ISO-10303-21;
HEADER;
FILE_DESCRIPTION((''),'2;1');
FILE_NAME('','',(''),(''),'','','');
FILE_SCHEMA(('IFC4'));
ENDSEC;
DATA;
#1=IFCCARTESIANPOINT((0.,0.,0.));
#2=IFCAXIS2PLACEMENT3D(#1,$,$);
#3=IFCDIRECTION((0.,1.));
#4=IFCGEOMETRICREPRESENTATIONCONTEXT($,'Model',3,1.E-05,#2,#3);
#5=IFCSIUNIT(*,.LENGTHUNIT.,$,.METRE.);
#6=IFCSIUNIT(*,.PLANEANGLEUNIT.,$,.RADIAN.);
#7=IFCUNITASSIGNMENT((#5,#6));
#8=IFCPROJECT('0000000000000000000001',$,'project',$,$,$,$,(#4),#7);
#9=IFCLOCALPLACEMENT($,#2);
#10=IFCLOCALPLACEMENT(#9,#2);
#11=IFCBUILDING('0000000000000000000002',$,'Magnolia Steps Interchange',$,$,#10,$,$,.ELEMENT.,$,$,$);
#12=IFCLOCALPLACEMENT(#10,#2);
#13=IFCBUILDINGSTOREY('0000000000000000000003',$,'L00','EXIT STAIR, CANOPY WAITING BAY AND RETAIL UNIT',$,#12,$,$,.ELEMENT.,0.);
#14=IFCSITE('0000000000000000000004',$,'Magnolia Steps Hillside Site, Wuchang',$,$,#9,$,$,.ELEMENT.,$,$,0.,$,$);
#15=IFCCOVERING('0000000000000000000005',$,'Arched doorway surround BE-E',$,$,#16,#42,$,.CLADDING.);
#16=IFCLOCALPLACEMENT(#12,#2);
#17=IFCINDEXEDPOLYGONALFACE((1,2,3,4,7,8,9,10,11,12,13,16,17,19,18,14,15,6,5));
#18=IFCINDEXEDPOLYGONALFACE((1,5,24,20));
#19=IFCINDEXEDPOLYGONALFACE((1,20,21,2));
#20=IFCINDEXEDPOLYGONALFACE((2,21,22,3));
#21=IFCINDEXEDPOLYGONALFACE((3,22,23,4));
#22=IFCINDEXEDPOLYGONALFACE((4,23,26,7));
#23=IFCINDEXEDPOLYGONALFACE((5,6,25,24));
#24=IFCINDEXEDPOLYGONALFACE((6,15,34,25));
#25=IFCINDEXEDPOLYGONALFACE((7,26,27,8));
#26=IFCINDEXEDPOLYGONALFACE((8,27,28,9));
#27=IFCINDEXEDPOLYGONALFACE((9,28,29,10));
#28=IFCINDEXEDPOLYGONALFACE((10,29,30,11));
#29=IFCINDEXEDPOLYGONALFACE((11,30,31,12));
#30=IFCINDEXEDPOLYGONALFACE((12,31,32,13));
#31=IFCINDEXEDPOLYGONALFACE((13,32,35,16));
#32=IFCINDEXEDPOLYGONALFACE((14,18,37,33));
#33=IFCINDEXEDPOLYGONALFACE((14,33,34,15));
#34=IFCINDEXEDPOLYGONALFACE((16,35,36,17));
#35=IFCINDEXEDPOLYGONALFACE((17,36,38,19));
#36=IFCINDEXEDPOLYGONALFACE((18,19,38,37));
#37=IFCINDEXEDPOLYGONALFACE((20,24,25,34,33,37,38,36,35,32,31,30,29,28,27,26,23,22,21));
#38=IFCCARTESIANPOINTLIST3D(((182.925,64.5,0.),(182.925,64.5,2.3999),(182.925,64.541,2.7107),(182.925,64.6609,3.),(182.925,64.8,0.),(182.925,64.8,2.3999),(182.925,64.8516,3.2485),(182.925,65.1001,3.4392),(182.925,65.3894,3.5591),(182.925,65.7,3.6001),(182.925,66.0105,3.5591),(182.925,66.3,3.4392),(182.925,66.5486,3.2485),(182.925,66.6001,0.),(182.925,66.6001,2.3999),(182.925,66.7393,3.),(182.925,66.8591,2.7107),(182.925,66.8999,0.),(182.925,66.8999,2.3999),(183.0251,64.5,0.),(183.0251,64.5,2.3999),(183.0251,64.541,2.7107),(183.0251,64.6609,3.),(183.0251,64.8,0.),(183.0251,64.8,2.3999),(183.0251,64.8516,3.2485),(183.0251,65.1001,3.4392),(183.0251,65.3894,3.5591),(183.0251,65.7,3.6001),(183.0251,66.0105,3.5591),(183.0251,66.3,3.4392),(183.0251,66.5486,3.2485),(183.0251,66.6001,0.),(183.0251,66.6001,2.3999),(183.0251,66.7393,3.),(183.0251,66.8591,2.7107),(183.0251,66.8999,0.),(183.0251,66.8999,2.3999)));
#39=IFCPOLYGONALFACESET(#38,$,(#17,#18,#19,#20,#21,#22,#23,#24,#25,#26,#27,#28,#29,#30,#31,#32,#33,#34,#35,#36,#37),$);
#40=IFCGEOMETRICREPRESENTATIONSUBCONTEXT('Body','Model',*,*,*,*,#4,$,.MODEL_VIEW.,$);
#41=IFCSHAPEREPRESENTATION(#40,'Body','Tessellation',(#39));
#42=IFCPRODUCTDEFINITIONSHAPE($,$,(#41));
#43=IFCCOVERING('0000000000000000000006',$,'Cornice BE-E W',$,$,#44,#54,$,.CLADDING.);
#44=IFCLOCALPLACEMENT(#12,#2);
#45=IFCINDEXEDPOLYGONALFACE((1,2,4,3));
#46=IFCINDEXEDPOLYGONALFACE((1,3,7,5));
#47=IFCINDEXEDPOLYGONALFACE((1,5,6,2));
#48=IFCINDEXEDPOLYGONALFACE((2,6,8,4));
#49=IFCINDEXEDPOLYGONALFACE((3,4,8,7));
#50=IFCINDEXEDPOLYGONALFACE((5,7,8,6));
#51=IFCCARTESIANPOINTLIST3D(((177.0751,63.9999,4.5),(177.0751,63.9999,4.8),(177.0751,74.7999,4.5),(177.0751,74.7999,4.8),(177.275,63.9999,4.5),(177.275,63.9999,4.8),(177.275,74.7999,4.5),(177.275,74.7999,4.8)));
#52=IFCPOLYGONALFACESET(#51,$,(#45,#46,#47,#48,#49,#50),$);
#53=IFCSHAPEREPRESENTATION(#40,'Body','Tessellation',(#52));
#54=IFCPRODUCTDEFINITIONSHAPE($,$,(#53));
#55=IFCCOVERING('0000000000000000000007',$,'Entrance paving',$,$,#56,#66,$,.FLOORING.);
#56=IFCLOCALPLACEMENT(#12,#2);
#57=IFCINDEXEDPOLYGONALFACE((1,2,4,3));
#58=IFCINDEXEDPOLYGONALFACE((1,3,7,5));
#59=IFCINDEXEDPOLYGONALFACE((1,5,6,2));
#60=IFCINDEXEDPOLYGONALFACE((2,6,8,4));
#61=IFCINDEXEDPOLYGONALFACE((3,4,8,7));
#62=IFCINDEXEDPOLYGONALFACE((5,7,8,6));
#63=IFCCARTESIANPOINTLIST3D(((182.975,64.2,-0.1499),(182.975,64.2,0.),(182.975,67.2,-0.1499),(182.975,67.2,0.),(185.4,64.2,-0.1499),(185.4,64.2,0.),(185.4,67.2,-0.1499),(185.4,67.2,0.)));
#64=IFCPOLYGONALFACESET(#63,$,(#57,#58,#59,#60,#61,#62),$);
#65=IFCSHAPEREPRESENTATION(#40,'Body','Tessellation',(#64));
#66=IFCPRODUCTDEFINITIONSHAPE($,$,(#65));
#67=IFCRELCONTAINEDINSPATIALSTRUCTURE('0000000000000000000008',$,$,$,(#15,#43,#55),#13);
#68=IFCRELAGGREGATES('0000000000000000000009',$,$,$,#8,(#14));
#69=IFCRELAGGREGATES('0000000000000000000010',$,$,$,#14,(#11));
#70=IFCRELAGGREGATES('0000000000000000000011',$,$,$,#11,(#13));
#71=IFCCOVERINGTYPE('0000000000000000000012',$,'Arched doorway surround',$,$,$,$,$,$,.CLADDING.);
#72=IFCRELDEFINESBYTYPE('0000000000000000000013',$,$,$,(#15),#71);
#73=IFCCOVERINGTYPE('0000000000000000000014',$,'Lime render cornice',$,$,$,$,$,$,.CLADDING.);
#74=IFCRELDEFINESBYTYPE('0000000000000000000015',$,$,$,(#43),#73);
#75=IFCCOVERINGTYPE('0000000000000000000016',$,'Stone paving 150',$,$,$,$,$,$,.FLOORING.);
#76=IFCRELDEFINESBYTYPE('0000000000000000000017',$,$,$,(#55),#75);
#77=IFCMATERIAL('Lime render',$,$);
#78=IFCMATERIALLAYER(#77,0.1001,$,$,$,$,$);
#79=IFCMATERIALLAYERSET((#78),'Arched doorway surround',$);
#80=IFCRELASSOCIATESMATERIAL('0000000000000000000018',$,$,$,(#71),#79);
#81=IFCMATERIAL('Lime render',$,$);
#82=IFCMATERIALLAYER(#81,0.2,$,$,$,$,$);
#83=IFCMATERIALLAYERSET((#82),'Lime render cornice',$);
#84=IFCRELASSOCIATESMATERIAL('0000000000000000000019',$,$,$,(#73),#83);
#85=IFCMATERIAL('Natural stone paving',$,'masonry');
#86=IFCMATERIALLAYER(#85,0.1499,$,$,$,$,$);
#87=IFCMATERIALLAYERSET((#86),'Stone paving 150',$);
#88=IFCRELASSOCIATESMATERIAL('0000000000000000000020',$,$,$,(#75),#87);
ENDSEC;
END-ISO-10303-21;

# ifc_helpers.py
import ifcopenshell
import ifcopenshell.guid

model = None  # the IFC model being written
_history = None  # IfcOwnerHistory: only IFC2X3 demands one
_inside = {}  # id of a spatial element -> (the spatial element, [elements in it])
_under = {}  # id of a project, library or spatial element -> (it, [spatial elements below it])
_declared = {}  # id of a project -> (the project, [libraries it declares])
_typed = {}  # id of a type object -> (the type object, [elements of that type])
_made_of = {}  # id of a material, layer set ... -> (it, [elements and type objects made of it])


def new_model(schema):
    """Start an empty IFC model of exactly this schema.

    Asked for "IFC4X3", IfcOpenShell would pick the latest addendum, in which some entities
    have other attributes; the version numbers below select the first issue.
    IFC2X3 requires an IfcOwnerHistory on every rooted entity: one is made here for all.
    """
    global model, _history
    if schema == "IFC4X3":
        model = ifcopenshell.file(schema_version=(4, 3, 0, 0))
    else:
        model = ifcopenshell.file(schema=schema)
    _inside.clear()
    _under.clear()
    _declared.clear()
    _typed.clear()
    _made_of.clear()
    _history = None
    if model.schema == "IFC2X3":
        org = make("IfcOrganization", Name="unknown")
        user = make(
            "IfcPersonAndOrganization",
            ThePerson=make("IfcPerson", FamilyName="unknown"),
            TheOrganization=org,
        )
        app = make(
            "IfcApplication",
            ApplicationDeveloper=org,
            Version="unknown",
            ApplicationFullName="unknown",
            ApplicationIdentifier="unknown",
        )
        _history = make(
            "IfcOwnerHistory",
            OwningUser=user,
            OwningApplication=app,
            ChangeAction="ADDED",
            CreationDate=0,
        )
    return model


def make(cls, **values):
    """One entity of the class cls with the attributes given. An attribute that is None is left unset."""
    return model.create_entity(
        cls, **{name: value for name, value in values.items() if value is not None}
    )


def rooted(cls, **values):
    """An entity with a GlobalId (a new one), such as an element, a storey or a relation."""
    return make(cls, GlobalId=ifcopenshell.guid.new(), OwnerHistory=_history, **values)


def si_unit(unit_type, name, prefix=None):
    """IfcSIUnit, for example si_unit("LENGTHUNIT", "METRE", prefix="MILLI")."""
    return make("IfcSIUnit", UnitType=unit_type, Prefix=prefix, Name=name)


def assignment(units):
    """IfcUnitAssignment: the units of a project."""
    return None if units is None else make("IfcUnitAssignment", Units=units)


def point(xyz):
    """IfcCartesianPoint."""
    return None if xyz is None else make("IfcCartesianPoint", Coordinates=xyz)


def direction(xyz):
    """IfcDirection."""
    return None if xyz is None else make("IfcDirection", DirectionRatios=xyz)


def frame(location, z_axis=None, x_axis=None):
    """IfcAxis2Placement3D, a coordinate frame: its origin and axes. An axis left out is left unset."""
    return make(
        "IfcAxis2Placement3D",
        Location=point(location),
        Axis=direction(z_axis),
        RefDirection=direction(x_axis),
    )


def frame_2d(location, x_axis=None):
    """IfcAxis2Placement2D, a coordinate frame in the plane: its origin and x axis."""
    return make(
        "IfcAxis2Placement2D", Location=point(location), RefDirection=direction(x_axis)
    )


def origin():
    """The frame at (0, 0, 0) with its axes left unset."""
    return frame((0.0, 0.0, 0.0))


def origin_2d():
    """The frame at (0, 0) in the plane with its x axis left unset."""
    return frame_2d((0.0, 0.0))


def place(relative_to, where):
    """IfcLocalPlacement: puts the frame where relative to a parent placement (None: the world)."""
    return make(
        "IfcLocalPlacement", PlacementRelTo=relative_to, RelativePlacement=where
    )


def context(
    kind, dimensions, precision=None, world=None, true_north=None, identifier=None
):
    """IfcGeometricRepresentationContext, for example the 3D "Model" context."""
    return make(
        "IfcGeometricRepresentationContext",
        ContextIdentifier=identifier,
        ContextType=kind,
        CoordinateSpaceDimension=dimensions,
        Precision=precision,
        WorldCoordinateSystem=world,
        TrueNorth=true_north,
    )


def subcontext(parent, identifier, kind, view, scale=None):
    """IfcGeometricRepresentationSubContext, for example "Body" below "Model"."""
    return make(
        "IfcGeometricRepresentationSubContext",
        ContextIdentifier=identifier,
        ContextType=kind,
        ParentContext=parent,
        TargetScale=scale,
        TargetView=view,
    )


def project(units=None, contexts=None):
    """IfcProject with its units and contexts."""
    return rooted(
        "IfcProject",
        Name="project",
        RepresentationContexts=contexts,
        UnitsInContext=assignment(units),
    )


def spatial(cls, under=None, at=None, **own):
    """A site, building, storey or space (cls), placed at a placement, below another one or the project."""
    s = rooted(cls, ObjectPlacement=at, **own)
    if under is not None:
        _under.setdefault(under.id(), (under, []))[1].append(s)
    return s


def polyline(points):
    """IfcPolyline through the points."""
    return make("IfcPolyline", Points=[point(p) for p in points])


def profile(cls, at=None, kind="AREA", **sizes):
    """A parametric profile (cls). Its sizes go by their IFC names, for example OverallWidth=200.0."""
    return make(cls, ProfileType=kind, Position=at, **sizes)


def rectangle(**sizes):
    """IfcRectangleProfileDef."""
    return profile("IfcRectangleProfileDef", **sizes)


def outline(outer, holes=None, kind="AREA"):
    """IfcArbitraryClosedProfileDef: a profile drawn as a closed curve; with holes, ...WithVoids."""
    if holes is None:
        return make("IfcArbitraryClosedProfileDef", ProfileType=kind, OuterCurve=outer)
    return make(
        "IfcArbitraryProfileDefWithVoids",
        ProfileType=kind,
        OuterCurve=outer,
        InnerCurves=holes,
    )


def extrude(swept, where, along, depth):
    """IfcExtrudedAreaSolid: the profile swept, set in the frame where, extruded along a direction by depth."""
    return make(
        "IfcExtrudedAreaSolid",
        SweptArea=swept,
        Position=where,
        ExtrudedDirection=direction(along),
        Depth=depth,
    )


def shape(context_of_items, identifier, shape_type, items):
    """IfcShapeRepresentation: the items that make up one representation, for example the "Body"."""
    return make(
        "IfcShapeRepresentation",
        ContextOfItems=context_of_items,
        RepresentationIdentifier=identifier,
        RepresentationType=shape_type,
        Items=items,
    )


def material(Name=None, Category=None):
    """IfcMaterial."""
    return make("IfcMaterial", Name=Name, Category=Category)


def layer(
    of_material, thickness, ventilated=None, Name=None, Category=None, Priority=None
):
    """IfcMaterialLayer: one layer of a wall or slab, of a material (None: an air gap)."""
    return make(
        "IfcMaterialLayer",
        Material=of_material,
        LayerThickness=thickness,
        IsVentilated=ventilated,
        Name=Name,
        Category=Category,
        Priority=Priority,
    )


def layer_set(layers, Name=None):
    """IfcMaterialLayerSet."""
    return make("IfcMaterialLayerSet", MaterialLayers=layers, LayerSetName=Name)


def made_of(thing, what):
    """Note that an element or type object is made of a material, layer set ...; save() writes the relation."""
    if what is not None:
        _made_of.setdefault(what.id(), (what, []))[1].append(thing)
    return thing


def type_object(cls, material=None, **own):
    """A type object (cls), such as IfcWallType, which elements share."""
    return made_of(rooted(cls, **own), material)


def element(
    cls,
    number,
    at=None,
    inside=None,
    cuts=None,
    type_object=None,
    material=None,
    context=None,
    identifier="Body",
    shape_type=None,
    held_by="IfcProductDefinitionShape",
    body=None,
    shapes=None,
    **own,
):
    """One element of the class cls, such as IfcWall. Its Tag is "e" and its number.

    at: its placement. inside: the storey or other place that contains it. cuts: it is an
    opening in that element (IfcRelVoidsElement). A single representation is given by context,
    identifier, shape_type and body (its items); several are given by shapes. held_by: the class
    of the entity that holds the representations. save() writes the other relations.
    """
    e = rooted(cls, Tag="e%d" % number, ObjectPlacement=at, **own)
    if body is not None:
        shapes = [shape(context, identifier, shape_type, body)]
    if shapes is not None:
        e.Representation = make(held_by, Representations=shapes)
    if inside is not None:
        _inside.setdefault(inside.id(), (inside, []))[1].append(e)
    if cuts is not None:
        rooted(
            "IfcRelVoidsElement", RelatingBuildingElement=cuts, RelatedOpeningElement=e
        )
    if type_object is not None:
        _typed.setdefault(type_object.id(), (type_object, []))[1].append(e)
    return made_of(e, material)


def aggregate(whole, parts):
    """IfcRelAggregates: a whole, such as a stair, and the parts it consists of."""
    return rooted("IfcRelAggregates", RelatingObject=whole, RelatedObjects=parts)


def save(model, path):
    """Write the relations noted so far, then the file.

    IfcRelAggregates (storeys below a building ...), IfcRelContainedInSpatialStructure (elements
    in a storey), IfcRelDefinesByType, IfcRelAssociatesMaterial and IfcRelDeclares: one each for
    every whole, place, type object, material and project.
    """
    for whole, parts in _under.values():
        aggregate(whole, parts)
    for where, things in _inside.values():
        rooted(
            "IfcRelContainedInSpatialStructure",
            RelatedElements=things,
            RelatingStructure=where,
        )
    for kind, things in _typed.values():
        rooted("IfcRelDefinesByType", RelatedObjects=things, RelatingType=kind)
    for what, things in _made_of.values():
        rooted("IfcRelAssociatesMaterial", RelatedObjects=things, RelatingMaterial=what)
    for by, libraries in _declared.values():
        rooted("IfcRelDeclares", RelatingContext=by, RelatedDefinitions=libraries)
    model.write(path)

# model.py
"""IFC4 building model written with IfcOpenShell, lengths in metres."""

from ifc_helpers import new_model, si_unit, direction, frame, origin, origin_2d, place, context, subcontext, project, spatial, polyline, rectangle, outline, extrude, material, layer, layer_set, type_object, element, save


model = new_model("IFC4")

# Units and contexts
model_context = context("Model", 3, precision=1e-05, world=origin(), true_north=direction((0.0, 1.0)))
body_context = subcontext(model_context, "Body", "Model", "MODEL_VIEW")
ifc_project = project(units=[si_unit("LENGTHUNIT", "METRE"), si_unit("PLANEANGLEUNIT", "RADIAN")], contexts=[model_context])

# Site, building, storey
site_placement = place(None, origin())
site = spatial("IfcSite", under=ifc_project, at=site_placement, Name="Magnolia Steps Hillside Site, Wuchang", CompositionType="ELEMENT", RefElevation=0.0)
building_placement = place(site_placement, origin())
building = spatial("IfcBuilding", under=site, at=building_placement, Name="Magnolia Steps Interchange", CompositionType="ELEMENT")
storey_placement = place(building_placement, origin())
storey = spatial("IfcBuildingStorey", under=building, at=storey_placement, Name="L00", Description="EXIT STAIR, CANOPY WAITING BAY AND RETAIL UNIT", CompositionType="ELEMENT", Elevation=0.0)

# Coverings
ifc_material_1 = material(Name="Lime render")
ifc_layer_1 = layer(ifc_material_1, 0.1001)
ifc_layer_set_1 = layer_set([ifc_layer_1], Name="Arched doorway surround")
covering_type_1 = type_object("IfcCoveringType", Name="Arched doorway surround", PredefinedType="CLADDING", material=ifc_layer_set_1)
covering_1_placement = place(storey_placement, frame((182.925, 64.5, 0.0), z_axis=(-1.0, 0.0, 0.0), x_axis=(0.0, 0.0, 1.0)))
element("IfcCovering", 1, at=covering_1_placement, inside=storey, type_object=covering_type_1, Name="Arched doorway surround BE-E", PredefinedType="CLADDING", context=body_context, shape_type="SweptSolid", body=[
    extrude(outline(polyline([(0.0, 0.0), (2.3999, 0.0), (2.7107, 0.041), (3.0, 0.1609), (3.2485, 0.3516), (3.4392, 0.6001), (3.5591, 0.8894), (3.6001, 1.2), (3.5591, 1.5105), (3.4392, 1.8), (3.2485, 2.0486), (3.0, 2.2393), (2.7107, 2.3591), (2.3999, 2.3999), (0.0, 2.3999), (0.0, 2.1001), (2.3999, 2.1001), (2.3999, 0.3), (0.0, 0.3), (0.0, 0.0)])), origin(), (0.0, 0.0, -1.0), 0.1001),
])
ifc_material_2 = material(Name="Lime render")
ifc_layer_2 = layer(ifc_material_2, 0.2)
ifc_layer_set_2 = layer_set([ifc_layer_2], Name="Lime render cornice")
covering_type_2 = type_object("IfcCoveringType", Name="Lime render cornice", PredefinedType="CLADDING", material=ifc_layer_set_2)
covering_2_placement = place(storey_placement, frame((177.175, 69.3999, 4.5), z_axis=(0.0, 0.0, 1.0), x_axis=(1.0, 0.0, 0.0)))
element("IfcCovering", 2, at=covering_2_placement, inside=storey, type_object=covering_type_2, Name="Cornice BE-E W", PredefinedType="CLADDING", context=body_context, shape_type="SweptSolid", body=[
    extrude(rectangle(XDim=0.2, YDim=10.8, at=origin_2d()), origin(), (0.0, 0.0, 1.0), 0.3),
])
ifc_material_3 = material(Name="Natural stone paving", Category="masonry")
ifc_layer_3 = layer(ifc_material_3, 0.1499)
ifc_layer_set_3 = layer_set([ifc_layer_3], Name="Stone paving 150")
covering_type_3 = type_object("IfcCoveringType", Name="Stone paving 150", PredefinedType="FLOORING", material=ifc_layer_set_3)
covering_3_placement = place(storey_placement, frame((184.1875, 65.7, -0.1499), z_axis=(0.0, 0.0, 1.0), x_axis=(1.0, 0.0, 0.0)))
element("IfcCovering", 3, at=covering_3_placement, inside=storey, type_object=covering_type_3, Name="Entrance paving", PredefinedType="FLOORING", context=body_context, shape_type="SweptSolid", body=[
    extrude(rectangle(XDim=2.425, YDim=3.0, at=origin_2d()), origin(), (0.0, 0.0, 1.0), 0.1499),
])

save(model, "model.ifc")
